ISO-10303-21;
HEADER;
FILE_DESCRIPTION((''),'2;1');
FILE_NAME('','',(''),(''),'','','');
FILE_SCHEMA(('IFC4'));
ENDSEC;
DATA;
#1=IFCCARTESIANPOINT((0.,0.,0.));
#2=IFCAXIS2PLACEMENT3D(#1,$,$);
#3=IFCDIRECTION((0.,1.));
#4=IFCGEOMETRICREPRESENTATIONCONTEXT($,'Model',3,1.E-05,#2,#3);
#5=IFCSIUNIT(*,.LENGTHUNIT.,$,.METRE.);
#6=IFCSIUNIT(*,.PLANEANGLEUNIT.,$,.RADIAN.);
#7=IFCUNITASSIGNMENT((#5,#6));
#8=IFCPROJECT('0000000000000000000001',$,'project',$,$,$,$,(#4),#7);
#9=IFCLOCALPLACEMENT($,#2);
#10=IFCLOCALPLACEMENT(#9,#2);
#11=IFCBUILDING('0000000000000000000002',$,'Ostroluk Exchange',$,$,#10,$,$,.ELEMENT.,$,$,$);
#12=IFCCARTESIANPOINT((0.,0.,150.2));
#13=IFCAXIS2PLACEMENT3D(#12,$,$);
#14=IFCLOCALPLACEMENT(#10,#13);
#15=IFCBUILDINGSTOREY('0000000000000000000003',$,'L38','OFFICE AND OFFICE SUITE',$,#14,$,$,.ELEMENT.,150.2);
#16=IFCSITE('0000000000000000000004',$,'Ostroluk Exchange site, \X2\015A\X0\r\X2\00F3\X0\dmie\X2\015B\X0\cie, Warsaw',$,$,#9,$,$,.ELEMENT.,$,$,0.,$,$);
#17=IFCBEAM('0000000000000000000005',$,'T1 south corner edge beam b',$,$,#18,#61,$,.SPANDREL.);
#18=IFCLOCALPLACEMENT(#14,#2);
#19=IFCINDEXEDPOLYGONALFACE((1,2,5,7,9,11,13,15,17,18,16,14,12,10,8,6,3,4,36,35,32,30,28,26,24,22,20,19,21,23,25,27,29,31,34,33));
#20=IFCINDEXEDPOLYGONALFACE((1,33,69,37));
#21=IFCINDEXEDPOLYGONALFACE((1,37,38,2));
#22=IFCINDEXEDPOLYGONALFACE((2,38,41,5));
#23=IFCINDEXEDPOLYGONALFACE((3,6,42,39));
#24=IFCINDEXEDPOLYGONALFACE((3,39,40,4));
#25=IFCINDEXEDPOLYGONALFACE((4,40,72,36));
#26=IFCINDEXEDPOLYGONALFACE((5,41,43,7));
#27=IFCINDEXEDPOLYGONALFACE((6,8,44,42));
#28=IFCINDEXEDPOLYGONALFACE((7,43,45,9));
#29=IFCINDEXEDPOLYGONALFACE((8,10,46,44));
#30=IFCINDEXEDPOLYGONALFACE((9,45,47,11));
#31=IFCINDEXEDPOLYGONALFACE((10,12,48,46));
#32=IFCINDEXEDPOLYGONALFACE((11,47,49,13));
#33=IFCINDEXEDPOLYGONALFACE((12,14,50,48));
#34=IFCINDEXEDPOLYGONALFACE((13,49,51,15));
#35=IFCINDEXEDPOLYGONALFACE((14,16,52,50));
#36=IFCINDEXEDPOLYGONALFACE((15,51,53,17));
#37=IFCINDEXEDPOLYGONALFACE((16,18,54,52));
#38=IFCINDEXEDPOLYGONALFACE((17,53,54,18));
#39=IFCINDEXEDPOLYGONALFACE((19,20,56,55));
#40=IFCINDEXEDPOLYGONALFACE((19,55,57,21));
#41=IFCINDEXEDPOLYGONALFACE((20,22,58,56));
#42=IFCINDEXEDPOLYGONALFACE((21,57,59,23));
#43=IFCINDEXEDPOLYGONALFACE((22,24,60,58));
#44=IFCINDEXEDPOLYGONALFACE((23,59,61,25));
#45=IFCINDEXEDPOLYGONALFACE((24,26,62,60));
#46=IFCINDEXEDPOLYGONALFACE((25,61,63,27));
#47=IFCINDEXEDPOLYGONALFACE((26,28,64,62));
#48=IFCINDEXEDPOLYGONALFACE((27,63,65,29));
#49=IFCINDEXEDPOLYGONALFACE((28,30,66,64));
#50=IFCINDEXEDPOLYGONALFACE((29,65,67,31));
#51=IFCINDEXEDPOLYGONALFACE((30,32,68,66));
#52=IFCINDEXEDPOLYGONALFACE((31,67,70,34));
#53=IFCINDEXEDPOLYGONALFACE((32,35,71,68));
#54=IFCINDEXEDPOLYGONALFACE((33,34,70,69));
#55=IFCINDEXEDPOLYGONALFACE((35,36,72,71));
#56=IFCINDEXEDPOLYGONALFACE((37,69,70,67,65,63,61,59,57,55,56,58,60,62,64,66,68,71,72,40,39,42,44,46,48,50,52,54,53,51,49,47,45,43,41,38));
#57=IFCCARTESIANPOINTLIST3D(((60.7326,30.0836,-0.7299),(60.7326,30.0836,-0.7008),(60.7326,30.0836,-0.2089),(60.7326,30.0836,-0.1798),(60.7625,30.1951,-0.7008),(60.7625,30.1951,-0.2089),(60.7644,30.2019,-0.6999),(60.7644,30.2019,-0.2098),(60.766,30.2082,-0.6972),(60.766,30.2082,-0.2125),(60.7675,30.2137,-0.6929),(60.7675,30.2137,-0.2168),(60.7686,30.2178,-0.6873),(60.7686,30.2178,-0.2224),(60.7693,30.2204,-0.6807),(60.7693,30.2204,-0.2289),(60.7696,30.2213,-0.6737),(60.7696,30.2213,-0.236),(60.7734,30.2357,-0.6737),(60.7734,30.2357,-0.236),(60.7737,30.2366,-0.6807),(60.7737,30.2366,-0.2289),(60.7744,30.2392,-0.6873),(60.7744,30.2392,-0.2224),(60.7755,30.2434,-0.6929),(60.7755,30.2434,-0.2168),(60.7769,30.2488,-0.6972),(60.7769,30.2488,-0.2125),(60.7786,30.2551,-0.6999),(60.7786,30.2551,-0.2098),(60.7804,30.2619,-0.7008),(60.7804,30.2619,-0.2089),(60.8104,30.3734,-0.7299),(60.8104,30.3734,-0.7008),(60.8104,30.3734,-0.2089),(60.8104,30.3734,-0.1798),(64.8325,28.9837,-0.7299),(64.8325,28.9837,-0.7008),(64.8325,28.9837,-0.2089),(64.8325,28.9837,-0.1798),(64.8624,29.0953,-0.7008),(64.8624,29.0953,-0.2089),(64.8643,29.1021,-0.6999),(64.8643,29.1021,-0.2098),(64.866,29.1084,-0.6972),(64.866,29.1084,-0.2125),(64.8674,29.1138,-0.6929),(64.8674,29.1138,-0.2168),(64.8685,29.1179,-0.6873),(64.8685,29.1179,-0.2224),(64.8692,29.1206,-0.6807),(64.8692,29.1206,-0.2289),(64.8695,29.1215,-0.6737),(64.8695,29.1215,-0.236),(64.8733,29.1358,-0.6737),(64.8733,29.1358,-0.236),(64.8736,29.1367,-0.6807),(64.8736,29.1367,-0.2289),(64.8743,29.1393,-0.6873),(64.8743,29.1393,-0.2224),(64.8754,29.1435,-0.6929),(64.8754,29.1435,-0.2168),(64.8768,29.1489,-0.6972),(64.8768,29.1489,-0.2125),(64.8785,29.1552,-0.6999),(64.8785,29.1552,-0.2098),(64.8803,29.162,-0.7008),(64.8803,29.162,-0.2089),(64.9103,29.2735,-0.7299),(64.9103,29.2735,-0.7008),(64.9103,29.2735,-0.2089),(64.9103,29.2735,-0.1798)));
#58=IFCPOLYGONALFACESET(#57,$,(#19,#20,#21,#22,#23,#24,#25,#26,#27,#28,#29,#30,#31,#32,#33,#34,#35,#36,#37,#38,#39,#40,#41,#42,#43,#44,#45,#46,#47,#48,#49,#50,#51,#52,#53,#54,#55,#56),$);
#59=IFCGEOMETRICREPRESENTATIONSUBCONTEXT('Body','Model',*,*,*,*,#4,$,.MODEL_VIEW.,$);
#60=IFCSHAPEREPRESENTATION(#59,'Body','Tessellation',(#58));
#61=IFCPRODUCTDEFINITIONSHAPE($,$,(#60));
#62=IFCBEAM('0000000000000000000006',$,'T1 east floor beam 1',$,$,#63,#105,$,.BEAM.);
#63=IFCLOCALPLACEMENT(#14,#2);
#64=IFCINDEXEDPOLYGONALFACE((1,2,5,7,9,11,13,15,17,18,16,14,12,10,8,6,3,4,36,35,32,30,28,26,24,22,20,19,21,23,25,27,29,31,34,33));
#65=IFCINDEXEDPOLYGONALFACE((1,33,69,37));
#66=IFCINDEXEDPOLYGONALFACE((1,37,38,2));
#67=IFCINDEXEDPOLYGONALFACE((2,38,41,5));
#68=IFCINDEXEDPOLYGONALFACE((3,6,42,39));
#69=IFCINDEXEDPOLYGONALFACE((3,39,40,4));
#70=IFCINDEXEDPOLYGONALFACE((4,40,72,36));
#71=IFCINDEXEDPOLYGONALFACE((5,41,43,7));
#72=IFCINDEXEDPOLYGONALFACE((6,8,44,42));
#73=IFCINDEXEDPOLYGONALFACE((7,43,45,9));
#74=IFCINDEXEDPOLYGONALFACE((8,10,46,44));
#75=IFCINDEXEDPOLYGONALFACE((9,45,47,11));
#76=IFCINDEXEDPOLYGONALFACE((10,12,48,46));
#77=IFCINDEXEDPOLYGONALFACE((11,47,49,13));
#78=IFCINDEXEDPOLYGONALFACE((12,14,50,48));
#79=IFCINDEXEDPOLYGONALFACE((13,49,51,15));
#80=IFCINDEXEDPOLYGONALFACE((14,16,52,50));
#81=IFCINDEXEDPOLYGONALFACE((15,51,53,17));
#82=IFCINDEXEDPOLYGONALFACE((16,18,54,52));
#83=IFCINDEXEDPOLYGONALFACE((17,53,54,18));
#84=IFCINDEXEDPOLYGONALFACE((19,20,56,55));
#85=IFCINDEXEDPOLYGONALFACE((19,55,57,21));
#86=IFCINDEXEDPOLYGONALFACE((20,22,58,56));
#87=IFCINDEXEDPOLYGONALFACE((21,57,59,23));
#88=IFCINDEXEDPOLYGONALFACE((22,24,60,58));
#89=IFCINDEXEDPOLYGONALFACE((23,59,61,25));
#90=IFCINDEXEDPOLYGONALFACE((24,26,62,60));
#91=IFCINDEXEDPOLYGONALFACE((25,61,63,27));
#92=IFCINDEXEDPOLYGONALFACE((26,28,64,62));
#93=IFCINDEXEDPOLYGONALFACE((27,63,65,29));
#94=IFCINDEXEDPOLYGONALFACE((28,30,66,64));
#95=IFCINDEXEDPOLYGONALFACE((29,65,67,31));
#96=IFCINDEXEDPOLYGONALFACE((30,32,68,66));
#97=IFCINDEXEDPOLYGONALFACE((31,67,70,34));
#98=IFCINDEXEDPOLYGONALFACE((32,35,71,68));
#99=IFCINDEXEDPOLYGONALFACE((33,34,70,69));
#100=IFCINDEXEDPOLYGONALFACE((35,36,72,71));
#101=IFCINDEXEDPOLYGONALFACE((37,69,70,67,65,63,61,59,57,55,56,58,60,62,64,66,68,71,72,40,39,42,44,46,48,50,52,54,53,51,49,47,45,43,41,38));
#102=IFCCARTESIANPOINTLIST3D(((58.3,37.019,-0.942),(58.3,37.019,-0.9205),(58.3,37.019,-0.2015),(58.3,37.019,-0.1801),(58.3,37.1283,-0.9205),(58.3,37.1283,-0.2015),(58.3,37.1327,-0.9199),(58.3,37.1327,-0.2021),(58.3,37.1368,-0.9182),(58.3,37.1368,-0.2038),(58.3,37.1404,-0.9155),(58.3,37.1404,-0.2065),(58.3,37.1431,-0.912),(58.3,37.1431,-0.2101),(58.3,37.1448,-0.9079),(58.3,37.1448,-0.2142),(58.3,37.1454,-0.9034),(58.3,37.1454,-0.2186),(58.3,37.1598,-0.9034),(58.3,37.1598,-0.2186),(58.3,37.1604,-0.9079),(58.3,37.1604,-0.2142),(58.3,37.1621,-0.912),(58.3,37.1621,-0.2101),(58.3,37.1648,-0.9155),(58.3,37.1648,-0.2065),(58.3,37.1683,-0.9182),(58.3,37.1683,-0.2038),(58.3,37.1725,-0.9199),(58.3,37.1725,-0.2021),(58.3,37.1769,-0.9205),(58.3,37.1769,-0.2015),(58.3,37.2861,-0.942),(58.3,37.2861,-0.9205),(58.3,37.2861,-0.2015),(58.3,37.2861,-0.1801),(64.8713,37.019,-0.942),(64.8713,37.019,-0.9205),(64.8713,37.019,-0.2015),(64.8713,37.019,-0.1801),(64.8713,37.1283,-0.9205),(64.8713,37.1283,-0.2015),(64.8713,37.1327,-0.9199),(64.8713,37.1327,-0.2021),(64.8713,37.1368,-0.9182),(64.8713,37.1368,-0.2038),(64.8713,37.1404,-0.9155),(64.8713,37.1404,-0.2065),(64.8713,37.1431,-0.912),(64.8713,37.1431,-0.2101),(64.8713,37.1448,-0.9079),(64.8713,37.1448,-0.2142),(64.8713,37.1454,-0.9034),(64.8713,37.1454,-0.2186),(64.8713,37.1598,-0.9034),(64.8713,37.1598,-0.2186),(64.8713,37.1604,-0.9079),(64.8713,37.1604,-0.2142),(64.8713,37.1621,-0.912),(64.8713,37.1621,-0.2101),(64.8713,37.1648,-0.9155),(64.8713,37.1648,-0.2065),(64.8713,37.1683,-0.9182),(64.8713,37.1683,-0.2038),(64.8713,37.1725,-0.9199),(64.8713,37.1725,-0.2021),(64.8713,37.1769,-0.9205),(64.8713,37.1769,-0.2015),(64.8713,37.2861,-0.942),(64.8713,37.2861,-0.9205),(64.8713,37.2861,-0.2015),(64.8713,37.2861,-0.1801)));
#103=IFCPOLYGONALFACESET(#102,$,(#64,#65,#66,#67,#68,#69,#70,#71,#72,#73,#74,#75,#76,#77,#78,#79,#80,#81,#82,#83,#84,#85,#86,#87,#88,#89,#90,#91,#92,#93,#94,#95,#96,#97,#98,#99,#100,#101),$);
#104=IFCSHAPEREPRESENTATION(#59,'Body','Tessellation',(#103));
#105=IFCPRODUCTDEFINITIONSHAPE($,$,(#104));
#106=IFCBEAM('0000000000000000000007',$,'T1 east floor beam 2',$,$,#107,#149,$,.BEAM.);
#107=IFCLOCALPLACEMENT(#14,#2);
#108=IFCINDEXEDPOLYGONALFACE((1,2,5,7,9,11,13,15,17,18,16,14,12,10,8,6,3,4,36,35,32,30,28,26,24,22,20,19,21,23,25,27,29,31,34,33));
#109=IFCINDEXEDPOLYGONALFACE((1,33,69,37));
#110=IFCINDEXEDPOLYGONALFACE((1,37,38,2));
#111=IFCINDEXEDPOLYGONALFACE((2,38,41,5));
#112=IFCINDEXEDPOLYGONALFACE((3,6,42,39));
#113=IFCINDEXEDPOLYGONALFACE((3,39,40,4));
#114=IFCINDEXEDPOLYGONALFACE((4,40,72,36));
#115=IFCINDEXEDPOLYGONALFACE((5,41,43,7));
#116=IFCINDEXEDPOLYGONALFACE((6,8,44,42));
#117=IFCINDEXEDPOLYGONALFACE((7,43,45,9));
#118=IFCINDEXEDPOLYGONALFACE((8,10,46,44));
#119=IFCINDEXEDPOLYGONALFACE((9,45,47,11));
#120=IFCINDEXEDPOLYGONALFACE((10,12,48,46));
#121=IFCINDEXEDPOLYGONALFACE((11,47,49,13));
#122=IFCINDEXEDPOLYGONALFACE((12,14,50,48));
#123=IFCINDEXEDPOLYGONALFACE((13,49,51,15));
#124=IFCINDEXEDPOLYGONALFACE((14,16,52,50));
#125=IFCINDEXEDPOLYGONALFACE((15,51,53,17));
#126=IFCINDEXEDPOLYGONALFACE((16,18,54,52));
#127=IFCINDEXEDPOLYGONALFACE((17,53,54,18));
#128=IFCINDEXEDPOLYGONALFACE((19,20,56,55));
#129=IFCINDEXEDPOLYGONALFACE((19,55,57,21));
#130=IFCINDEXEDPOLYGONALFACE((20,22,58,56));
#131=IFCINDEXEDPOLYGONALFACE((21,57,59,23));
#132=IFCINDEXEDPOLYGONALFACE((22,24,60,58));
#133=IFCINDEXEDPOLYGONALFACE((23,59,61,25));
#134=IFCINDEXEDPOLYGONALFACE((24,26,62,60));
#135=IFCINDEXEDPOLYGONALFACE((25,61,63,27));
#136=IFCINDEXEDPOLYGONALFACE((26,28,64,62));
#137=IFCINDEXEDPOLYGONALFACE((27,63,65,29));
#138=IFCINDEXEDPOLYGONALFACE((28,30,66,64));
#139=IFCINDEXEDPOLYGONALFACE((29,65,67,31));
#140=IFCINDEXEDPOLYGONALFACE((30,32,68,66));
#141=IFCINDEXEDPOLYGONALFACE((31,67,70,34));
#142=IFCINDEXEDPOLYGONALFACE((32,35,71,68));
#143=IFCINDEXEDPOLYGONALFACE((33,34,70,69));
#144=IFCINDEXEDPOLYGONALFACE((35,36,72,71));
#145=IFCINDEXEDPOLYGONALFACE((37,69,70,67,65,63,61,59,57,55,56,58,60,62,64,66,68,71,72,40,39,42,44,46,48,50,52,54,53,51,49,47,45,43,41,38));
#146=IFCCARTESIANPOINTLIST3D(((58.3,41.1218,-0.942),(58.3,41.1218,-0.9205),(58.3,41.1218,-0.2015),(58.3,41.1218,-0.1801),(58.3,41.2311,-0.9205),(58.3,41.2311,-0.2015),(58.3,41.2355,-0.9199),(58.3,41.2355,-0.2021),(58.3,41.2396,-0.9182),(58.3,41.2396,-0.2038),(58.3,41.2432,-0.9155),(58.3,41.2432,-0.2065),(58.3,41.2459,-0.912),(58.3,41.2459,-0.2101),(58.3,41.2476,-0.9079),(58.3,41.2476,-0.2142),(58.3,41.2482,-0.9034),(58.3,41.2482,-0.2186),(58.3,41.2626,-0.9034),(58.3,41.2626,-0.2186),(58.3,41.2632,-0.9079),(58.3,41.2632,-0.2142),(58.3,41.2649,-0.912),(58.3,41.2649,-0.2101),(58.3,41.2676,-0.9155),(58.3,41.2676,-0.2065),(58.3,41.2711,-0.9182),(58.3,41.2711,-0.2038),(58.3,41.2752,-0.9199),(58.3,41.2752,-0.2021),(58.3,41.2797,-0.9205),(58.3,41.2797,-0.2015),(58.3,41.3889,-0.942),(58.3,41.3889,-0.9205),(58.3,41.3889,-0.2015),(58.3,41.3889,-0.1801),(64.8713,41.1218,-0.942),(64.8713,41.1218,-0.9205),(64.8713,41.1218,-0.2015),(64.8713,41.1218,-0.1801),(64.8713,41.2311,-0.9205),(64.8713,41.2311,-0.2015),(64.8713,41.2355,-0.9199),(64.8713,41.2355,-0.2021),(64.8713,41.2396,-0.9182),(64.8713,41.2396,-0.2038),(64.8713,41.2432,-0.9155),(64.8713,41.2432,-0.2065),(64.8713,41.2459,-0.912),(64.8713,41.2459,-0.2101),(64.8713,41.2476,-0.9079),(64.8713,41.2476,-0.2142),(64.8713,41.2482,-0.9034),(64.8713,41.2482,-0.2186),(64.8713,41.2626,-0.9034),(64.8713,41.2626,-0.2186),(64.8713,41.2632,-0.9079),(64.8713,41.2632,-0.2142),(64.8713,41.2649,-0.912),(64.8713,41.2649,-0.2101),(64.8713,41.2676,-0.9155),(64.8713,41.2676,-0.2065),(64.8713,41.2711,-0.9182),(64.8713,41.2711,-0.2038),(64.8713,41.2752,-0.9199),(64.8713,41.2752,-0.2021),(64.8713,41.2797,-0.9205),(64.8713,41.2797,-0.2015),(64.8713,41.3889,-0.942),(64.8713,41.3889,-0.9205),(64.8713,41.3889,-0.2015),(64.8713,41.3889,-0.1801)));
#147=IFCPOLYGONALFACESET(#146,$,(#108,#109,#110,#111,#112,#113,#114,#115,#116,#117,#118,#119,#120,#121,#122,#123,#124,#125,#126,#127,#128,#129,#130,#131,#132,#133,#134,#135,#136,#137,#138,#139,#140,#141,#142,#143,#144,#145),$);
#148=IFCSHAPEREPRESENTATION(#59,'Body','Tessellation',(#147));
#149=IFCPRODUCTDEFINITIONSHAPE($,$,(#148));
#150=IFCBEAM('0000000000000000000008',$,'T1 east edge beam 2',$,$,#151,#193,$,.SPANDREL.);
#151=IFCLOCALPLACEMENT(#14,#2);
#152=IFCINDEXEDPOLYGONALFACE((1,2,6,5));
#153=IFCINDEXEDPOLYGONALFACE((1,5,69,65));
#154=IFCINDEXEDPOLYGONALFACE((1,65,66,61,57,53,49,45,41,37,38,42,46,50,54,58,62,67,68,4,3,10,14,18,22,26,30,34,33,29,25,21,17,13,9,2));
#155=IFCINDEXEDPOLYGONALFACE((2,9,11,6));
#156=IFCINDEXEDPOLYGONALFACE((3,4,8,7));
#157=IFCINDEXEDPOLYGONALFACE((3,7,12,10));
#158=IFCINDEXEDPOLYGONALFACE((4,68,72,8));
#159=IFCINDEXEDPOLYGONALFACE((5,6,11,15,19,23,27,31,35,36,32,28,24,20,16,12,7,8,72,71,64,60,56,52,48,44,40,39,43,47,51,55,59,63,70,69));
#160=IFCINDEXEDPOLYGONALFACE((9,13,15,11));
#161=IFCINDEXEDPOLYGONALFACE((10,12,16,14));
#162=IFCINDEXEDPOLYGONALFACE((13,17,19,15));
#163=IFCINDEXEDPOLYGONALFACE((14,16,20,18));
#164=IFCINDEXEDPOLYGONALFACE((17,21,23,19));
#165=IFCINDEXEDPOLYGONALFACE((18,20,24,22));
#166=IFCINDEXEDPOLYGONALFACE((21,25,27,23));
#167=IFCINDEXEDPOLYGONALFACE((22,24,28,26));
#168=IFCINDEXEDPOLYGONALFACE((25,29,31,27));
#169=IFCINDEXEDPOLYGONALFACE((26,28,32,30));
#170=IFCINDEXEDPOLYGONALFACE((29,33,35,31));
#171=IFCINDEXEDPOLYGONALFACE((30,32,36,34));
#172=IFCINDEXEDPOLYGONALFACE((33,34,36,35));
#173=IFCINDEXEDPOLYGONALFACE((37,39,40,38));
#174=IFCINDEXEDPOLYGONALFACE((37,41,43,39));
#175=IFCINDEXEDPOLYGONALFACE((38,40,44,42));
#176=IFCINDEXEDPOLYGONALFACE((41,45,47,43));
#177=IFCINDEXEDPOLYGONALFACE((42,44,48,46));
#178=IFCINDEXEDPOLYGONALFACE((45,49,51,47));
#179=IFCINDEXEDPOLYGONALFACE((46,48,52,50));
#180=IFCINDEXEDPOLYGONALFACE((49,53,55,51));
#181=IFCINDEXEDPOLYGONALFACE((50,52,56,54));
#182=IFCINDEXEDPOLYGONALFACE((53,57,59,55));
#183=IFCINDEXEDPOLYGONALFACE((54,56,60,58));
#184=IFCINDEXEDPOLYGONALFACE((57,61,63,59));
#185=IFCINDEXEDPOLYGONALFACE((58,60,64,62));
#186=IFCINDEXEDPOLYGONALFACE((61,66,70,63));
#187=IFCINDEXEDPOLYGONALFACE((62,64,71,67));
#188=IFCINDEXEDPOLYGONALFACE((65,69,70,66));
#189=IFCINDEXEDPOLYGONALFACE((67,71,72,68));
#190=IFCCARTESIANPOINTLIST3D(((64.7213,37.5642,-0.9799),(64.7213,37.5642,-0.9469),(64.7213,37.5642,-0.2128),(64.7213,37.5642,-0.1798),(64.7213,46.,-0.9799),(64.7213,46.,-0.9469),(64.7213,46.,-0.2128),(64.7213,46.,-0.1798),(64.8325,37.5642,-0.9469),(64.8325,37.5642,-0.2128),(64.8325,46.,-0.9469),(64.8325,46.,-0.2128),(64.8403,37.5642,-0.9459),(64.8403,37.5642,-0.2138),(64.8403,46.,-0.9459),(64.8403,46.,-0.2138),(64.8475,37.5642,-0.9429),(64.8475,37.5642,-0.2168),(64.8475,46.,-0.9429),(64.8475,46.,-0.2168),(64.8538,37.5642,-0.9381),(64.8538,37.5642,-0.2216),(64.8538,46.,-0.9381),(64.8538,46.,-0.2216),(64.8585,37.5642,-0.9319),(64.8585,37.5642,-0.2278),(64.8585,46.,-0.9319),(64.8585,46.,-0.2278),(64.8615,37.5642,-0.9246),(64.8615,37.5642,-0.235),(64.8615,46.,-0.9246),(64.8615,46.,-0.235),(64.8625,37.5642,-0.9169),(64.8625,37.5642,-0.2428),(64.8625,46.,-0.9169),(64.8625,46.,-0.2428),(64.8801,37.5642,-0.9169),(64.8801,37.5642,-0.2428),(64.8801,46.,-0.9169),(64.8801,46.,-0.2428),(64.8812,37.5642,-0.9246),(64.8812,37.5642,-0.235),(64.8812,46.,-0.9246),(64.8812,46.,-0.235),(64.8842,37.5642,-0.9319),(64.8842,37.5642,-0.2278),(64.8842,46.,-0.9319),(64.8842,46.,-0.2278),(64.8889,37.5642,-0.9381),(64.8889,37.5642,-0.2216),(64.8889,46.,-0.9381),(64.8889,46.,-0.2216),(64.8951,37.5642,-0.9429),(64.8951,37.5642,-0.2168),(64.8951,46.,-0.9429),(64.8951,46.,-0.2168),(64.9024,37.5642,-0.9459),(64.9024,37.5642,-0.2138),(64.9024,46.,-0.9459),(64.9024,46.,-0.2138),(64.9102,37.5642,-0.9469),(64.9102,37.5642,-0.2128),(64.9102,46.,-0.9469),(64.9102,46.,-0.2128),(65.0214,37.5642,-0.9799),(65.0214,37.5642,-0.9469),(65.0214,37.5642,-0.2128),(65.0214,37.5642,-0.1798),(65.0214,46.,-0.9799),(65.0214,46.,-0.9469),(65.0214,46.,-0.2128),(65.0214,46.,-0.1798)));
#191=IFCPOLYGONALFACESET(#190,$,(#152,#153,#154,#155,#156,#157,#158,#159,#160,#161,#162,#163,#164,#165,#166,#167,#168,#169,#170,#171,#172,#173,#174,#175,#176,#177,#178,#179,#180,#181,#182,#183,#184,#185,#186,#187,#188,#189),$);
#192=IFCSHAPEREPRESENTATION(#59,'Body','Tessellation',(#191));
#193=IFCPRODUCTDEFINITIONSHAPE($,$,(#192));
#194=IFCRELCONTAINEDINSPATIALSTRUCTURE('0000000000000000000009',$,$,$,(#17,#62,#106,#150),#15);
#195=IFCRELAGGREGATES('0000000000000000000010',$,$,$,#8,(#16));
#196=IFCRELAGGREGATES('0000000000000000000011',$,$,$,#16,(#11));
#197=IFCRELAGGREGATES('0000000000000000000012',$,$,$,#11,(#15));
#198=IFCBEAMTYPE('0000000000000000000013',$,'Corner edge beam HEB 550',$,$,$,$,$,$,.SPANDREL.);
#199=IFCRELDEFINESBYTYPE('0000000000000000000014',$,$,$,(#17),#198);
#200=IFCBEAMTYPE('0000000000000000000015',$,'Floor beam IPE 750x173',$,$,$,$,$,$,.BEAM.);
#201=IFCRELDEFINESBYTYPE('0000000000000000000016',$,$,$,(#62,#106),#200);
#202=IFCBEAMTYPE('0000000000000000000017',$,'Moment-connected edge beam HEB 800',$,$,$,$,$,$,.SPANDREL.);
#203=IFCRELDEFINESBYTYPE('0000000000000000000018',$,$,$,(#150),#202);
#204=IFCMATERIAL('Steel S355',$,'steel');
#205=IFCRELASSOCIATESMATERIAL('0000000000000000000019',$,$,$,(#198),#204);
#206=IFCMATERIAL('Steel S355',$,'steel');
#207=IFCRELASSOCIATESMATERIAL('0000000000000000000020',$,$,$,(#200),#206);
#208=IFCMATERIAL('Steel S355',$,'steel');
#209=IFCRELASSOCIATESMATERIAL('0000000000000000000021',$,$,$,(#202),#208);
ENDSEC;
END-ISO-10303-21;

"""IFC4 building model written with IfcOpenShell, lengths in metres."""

from ifc_helpers import new_model, si_unit, direction, frame, origin, origin_2d, place, context, subcontext, project, spatial, i_section, extrude, material, material_profile, profile_set, type_object, element, save


model = new_model("IFC4")

# Units and contexts
model_context = context("Model", 3, precision=1e-05, world=origin(), true_north=direction((0.0, 1.0)))
body_context = subcontext(model_context, "Body", "Model", "MODEL_VIEW")
ifc_project = project(units=[si_unit("LENGTHUNIT", "METRE"), si_unit("PLANEANGLEUNIT", "RADIAN")], contexts=[model_context])

# Site, building, storey
site_placement = place(None, origin())
site = spatial("IfcSite", under=ifc_project, at=site_placement, Name="Ostroluk Exchange site, Śródmieście, Warsaw", CompositionType="ELEMENT", RefElevation=0.0)
building_placement = place(site_placement, origin())
building = spatial("IfcBuilding", under=site, at=building_placement, Name="Ostroluk Exchange", CompositionType="ELEMENT")
storey_placement = place(building_placement, frame((0.0, 0.0, 150.2)))
storey = spatial("IfcBuildingStorey", under=building, at=storey_placement, Name="L38", Description="OFFICE AND OFFICE SUITE", CompositionType="ELEMENT", Elevation=150.2)

# Beams
ifc_material_1 = material(Name="Steel S355", Category="steel")
ifc_material_profile_1 = material_profile(ifc_material_1, i_section(OverallWidth=0.3, OverallDepth=0.55, WebThickness=0.0149, FlangeThickness=0.0291, FilletRadius=0.0271, at=origin_2d()), Name="HEB 550")
ifc_profile_set_1 = profile_set([ifc_material_profile_1], Name="Steel S355")
beam_type_1 = type_object("IfcBeamType", Name="Corner edge beam HEB 550", PredefinedType="SPANDREL", material=ifc_profile_set_1)
for number, where, z_axis, x_axis, name in (
    (1, (60.7715, 30.2285, -0.4548), (0.965849, -0.259105, 0.0), (0.259105, 0.965849, 0.0), "T1 south corner edge beam b"),
):
    element("IfcBeam", number, at=place(storey_placement, frame(where, z_axis=z_axis, x_axis=x_axis)), inside=storey, type_object=beam_type_1, Name=name, PredefinedType="SPANDREL", context=body_context, shape_type="SweptSolid", body=[
        extrude(i_section(OverallWidth=0.3, OverallDepth=0.55, WebThickness=0.0149, FlangeThickness=0.0291, FilletRadius=0.0271, at=origin_2d()), origin(), (0.0, 0.0, 1.0), 4.2449),
    ])
ifc_material_2 = material(Name="Steel S355", Category="steel")
ifc_material_profile_2 = material_profile(ifc_material_2, i_section(OverallWidth=0.2671, OverallDepth=0.762, WebThickness=0.0144, FlangeThickness=0.0215, FilletRadius=0.0171, at=origin_2d()), Name="IPE 750x173")
ifc_profile_set_2 = profile_set([ifc_material_profile_2], Name="Steel S355")
beam_type_2 = type_object("IfcBeamType", Name="Floor beam IPE 750x173", PredefinedType="BEAM", material=ifc_profile_set_2)
for number, where, z_axis, x_axis, name in (
    (2, (58.3, 37.1526, -0.561), (1.0, 0.0, 0.0), (0.0, 1.0, 0.0), "T1 east floor beam 1"),
    (3, (58.3, 41.2554, -0.561), (1.0, 0.0, 0.0), (0.0, 1.0, 0.0), "T1 east floor beam 2"),
):
    element("IfcBeam", number, at=place(storey_placement, frame(where, z_axis=z_axis, x_axis=x_axis)), inside=storey, type_object=beam_type_2, Name=name, PredefinedType="BEAM", context=body_context, shape_type="SweptSolid", body=[
        extrude(i_section(OverallWidth=0.2671, OverallDepth=0.762, WebThickness=0.0144, FlangeThickness=0.0215, FilletRadius=0.0171, at=origin_2d()), origin(), (0.0, 0.0, 1.0), 6.5713),
    ])
ifc_material_3 = material(Name="Steel S355", Category="steel")
ifc_material_profile_3 = material_profile(ifc_material_3, i_section(OverallWidth=0.3, OverallDepth=0.8, WebThickness=0.0176, FlangeThickness=0.033, FilletRadius=0.03, at=origin_2d()), Name="HEB 800")
ifc_profile_set_3 = profile_set([ifc_material_profile_3], Name="Steel S355")
beam_type_3 = type_object("IfcBeamType", Name="Moment-connected edge beam HEB 800", PredefinedType="SPANDREL", material=ifc_profile_set_3)
beam_1_placement = place(storey_placement, frame((64.8713, 37.5642, -0.5798), z_axis=(0.0, 1.0, 0.0), x_axis=(-1.0, 0.0, 0.0)))
element("IfcBeam", 4, at=beam_1_placement, inside=storey, type_object=beam_type_3, Name="T1 east edge beam 2", PredefinedType="SPANDREL", context=body_context, shape_type="SweptSolid", body=[
    extrude(i_section(OverallWidth=0.3, OverallDepth=0.8, WebThickness=0.0176, FlangeThickness=0.033, FilletRadius=0.03, at=origin_2d()), origin(), (0.0, 0.0, 1.0), 8.4358),
])

save(model, "model.ifc")
